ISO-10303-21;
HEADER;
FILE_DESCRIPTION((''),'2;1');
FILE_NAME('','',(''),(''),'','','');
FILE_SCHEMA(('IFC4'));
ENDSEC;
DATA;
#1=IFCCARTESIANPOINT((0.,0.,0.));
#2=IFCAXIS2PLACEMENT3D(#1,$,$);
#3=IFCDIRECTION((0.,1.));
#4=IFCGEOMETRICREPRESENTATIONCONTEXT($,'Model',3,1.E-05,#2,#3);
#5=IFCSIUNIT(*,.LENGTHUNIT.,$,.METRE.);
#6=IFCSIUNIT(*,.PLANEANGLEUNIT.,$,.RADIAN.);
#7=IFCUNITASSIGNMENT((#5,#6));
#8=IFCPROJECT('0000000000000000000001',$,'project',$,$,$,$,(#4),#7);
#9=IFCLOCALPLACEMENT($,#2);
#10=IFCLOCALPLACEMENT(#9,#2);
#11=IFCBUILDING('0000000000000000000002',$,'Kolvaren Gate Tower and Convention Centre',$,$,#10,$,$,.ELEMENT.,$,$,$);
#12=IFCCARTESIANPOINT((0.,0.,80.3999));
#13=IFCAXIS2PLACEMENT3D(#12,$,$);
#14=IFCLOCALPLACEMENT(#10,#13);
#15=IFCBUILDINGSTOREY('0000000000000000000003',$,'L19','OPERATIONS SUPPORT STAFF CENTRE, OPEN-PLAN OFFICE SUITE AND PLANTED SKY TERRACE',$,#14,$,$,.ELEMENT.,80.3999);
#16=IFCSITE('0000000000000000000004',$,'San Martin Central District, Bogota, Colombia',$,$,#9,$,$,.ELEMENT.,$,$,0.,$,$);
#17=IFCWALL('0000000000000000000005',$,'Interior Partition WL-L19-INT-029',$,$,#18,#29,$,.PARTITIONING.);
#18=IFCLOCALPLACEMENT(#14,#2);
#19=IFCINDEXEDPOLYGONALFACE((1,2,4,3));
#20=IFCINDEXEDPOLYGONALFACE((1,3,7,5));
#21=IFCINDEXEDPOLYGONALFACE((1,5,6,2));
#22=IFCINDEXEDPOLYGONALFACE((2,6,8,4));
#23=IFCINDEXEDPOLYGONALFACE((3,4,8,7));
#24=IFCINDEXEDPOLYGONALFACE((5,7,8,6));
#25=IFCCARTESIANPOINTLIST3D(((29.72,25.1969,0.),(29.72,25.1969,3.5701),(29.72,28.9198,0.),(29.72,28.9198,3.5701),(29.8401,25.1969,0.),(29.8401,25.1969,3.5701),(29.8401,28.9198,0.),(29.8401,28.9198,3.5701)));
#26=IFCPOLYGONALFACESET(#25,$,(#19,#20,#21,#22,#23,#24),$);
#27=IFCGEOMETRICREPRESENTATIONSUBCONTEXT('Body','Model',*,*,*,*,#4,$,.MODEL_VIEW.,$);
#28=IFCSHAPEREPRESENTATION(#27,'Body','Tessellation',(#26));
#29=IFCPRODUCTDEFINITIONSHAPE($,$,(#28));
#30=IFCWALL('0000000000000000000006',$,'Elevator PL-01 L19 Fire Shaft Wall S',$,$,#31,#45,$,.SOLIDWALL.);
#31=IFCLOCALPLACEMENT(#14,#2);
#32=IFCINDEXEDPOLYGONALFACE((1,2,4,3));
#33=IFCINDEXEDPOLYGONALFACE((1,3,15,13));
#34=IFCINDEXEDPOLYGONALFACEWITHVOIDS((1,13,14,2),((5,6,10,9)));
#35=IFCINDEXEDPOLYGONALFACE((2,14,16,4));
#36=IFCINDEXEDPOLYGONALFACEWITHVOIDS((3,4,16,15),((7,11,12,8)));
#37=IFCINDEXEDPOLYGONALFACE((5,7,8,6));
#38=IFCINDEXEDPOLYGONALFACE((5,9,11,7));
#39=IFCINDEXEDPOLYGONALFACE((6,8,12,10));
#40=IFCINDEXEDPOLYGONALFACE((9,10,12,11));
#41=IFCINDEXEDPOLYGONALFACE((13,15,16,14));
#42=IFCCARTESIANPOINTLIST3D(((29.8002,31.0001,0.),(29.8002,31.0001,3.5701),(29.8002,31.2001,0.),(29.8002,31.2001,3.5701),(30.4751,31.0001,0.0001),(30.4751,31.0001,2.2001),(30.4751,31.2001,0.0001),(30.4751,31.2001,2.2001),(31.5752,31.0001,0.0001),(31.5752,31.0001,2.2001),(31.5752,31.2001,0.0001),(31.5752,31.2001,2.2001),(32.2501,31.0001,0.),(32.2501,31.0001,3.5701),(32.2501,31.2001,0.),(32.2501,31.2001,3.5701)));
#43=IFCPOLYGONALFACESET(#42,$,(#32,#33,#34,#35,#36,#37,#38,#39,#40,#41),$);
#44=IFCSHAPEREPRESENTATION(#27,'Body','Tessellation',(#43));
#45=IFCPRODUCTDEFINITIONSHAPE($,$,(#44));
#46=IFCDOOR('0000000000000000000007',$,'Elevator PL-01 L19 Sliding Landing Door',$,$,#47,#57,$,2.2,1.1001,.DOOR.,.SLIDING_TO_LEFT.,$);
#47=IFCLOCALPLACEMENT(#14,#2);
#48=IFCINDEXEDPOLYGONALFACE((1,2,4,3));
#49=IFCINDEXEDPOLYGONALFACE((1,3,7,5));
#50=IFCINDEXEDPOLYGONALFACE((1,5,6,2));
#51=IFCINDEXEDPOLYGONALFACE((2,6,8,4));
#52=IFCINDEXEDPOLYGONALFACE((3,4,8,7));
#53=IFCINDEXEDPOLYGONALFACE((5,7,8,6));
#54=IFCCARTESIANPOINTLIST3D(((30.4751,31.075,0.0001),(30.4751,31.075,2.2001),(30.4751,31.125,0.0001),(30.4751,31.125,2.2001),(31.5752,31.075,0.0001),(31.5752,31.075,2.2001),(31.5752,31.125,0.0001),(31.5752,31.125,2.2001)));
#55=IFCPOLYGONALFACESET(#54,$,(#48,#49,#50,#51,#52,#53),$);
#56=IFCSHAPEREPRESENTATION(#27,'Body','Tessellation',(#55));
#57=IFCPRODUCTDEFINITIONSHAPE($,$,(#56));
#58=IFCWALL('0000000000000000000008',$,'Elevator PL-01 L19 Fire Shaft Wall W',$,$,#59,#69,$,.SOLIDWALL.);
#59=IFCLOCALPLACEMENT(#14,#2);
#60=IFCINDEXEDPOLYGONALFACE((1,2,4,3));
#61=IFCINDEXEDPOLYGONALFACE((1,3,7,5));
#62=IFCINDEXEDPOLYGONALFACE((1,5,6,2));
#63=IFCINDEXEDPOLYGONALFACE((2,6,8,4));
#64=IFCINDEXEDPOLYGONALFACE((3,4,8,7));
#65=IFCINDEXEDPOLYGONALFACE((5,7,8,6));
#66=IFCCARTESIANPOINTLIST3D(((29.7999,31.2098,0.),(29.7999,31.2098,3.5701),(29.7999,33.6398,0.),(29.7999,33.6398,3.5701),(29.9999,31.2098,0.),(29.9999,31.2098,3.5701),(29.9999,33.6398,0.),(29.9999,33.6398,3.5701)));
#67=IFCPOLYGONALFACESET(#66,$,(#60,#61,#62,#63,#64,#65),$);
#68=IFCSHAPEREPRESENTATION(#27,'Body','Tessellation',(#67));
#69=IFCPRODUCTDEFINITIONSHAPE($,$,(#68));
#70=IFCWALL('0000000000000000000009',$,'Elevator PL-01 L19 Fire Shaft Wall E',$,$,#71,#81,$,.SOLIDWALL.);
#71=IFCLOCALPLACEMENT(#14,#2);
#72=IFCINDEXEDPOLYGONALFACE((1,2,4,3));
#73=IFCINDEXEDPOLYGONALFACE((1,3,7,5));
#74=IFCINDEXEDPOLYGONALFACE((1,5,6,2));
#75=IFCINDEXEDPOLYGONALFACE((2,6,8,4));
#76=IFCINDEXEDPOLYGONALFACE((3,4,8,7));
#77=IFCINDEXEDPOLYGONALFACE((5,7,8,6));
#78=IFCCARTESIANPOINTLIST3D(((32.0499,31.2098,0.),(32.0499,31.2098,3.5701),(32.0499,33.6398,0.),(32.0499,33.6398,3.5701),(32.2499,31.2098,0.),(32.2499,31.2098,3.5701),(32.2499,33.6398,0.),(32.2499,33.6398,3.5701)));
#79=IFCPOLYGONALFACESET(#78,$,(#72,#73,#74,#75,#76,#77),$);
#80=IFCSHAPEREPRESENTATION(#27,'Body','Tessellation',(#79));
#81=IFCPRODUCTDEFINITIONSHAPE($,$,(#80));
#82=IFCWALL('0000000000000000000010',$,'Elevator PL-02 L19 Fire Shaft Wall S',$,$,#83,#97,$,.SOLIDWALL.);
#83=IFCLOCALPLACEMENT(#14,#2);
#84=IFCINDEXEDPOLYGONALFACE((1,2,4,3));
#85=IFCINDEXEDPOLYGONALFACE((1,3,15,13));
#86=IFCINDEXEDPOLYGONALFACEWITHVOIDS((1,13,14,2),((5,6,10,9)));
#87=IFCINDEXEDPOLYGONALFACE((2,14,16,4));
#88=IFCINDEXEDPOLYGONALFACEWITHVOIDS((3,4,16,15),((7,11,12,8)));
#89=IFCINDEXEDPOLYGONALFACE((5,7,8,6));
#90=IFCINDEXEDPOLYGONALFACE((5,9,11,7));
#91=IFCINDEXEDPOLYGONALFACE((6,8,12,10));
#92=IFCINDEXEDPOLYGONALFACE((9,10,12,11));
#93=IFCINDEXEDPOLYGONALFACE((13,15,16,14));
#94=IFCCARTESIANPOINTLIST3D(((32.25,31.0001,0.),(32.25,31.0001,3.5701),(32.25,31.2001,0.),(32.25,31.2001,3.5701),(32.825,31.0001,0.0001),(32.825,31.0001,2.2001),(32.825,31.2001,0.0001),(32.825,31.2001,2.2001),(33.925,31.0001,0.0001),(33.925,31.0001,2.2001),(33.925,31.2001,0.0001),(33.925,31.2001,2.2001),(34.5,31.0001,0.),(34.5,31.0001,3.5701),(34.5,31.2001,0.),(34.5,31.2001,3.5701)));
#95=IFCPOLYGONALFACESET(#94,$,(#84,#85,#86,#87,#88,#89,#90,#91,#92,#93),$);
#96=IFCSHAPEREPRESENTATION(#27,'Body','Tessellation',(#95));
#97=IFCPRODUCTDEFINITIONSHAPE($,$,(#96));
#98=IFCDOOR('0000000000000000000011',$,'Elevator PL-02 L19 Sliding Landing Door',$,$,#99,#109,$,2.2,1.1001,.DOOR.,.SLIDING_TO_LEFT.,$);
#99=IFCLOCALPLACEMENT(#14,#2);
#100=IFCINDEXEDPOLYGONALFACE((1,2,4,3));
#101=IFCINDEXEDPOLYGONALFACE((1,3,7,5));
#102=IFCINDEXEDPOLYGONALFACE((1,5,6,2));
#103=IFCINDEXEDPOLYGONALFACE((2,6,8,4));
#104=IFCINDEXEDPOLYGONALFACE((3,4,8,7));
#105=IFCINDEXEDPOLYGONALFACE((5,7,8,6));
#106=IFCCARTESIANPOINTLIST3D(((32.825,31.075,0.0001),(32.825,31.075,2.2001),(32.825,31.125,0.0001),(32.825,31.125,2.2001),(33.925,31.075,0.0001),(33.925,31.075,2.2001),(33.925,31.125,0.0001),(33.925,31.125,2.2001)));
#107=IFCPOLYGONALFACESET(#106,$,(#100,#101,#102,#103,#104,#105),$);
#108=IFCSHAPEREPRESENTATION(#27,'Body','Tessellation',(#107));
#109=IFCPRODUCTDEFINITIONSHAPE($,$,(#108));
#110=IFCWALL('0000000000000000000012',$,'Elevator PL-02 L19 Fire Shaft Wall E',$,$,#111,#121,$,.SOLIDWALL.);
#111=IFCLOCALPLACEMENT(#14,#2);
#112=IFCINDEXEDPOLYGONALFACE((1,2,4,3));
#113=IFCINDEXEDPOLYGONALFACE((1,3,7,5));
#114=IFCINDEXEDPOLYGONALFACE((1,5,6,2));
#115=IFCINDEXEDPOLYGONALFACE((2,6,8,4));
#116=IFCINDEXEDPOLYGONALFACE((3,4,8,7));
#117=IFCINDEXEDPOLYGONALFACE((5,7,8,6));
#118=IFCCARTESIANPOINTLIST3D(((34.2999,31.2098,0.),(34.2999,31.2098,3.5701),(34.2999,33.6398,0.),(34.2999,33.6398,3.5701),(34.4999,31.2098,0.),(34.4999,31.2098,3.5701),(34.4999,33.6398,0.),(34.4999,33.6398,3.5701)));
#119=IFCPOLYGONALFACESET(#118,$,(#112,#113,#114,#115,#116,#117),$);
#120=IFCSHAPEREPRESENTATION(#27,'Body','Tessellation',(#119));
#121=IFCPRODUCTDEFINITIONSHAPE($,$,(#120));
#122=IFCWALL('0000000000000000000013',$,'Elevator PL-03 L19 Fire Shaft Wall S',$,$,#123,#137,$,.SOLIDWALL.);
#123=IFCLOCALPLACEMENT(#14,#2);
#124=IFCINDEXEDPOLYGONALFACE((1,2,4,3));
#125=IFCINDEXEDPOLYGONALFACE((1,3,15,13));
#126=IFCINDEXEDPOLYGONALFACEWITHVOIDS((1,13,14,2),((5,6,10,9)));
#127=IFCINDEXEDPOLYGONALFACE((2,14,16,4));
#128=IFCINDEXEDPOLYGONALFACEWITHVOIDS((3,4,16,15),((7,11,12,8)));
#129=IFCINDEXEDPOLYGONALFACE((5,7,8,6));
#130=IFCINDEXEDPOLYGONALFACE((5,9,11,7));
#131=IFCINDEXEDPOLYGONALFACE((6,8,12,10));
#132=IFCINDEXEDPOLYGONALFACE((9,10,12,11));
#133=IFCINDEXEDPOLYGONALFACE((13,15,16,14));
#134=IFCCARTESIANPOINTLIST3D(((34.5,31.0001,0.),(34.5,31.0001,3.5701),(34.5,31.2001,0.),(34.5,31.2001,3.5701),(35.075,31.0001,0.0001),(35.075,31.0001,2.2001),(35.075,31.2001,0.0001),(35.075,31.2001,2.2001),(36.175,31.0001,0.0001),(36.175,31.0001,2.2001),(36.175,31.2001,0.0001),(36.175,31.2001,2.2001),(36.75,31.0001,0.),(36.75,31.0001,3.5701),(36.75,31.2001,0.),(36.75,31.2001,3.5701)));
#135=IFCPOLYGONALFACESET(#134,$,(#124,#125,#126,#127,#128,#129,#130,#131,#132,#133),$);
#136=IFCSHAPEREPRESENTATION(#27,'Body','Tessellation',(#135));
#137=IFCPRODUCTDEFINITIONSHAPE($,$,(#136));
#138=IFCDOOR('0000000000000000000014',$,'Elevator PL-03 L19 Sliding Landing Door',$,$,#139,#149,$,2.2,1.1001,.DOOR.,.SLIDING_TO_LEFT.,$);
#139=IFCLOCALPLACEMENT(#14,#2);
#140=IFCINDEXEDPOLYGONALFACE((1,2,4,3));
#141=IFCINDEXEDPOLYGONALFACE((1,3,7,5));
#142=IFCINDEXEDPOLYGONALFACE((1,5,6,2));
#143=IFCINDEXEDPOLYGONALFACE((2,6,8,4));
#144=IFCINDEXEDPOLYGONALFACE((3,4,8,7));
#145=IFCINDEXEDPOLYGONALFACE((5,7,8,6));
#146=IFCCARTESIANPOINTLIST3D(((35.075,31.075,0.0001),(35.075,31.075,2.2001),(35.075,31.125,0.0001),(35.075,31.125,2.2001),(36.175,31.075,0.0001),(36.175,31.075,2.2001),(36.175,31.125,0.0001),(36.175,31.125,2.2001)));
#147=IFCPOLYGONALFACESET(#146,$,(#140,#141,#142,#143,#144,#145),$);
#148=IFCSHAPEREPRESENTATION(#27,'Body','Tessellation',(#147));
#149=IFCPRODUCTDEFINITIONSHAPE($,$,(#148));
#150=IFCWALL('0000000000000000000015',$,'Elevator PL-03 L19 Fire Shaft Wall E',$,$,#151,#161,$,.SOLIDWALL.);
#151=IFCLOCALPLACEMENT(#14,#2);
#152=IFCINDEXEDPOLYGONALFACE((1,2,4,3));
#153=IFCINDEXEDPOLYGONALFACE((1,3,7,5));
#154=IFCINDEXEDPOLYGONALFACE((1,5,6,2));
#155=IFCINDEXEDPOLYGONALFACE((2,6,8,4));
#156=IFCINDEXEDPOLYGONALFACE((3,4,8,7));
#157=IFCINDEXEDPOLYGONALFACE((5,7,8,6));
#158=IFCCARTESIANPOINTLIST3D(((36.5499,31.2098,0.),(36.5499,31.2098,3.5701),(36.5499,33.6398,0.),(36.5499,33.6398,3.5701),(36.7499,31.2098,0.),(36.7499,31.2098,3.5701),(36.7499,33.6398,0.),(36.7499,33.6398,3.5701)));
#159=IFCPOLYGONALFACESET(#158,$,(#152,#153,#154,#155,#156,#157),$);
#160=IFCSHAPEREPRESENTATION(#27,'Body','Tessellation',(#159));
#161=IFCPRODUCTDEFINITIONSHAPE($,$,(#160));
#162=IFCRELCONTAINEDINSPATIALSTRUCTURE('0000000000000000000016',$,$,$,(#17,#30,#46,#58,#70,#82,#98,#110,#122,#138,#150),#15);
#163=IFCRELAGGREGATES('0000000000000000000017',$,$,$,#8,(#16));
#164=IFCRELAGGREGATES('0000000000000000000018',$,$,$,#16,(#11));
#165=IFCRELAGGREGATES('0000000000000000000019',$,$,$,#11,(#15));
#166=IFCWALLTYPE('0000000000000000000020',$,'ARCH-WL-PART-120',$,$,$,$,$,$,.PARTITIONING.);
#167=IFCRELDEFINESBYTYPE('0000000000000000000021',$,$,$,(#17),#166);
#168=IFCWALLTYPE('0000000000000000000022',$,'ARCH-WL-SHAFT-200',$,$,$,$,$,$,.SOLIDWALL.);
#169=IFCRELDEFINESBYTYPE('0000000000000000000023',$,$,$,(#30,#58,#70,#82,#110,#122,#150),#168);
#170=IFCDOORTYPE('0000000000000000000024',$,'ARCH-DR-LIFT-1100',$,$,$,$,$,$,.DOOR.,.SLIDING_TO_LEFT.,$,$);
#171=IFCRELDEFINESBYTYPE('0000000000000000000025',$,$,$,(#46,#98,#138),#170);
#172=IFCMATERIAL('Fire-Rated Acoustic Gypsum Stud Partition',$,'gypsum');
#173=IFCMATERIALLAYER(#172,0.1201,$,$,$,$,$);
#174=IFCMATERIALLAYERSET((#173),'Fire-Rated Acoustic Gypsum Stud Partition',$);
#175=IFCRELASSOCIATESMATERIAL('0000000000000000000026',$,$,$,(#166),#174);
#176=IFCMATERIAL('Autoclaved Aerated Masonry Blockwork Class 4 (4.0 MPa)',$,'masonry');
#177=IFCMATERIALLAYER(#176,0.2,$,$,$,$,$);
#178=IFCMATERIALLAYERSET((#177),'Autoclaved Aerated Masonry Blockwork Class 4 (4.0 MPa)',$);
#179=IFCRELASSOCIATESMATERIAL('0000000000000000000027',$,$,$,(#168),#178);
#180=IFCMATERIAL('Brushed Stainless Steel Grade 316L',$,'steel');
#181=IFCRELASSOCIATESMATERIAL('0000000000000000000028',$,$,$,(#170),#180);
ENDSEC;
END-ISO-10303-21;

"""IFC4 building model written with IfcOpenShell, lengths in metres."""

from ifc_helpers import new_model, si_unit, direction, frame, frame_2d, origin, place, context, subcontext, project, spatial, rectangle, extrude, material, layer, layer_set, type_object, element, fill, save


model = new_model("IFC4")

# Units and contexts
model_context = context("Model", 3, precision=1e-05, world=origin(), true_north=direction((0.0, 1.0)))
body_context = subcontext(model_context, "Body", "Model", "MODEL_VIEW")
ifc_project = project(units=[si_unit("LENGTHUNIT", "METRE"), si_unit("PLANEANGLEUNIT", "RADIAN")], contexts=[model_context])

# Site, building, storey
site_placement = place(None, origin())
site = spatial("IfcSite", under=ifc_project, at=site_placement, Name="San Martin Central District, Bogota, Colombia", CompositionType="ELEMENT", RefElevation=0.0)
building_placement = place(site_placement, origin())
building = spatial("IfcBuilding", under=site, at=building_placement, Name="Kolvaren Gate Tower and Convention Centre", CompositionType="ELEMENT")
storey_placement = place(building_placement, frame((0.0, 0.0, 80.3999)))
storey = spatial("IfcBuildingStorey", under=building, at=storey_placement, Name="L19", Description="OPERATIONS SUPPORT STAFF CENTRE, OPEN-PLAN OFFICE SUITE AND PLANTED SKY TERRACE", CompositionType="ELEMENT", Elevation=80.3999)

# Wall
ifc_material_1 = material(Name="Fire-Rated Acoustic Gypsum Stud Partition", Category="gypsum")
ifc_layer_1 = layer(ifc_material_1, 0.1201)
ifc_layer_set_1 = layer_set([ifc_layer_1], Name="Fire-Rated Acoustic Gypsum Stud Partition")
wall_type_1 = type_object("IfcWallType", Name="ARCH-WL-PART-120", PredefinedType="PARTITIONING", material=ifc_layer_set_1)
wall_1_placement = place(storey_placement, frame((29.78, 25.197, 0.0), z_axis=(0.0, 0.0, 1.0), x_axis=(0.0, 1.0, 0.0)))
element("IfcWall", 1, at=wall_1_placement, inside=storey, type_object=wall_type_1, Name="Interior Partition WL-L19-INT-029", PredefinedType="PARTITIONING", context=body_context, shape_type="SweptSolid", body=[
    extrude(rectangle(XDim=3.7229, YDim=0.1201, at=frame_2d((1.8613, 0.0))), origin(), (0.0, 0.0, 1.0), 3.5701),
])

# Wall, opening, door
ifc_material_2 = material(Name="Autoclaved Aerated Masonry Blockwork Class 4 (4.0 MPa)", Category="masonry")
ifc_layer_2 = layer(ifc_material_2, 0.2)
ifc_layer_set_2 = layer_set([ifc_layer_2], Name="Autoclaved Aerated Masonry Blockwork Class 4 (4.0 MPa)")
wall_type_2 = type_object("IfcWallType", Name="ARCH-WL-SHAFT-200", PredefinedType="SOLIDWALL", material=ifc_layer_set_2)
wall_2_placement = place(storey_placement, frame((29.8, 31.1001, 0.0), z_axis=(0.0, 0.0, 1.0), x_axis=(1.0, 0.0, 0.0)))
wall_2 = element("IfcWall", 2, at=wall_2_placement, inside=storey, type_object=wall_type_2, Name="Elevator PL-01 L19 Fire Shaft Wall S", PredefinedType="SOLIDWALL", context=body_context, shape_type="SweptSolid", body=[
    extrude(rectangle(XDim=2.45, YDim=0.2, at=frame_2d((1.2251, 0.0))), origin(), (0.0, 0.0, 1.0), 3.5701),
])
opening_1_placement = place(wall_2_placement, frame((0.675, 0.0, 0.0)))
opening_1 = element("IfcOpeningElement", 3, at=opening_1_placement, cuts=wall_2, PredefinedType="OPENING", context=body_context, shape_type="SweptSolid", body=[
    extrude(rectangle(XDim=1.1001, YDim=2.2, at=frame_2d((0.55, 1.1001))), frame((0.0, 0.1099, 0.0), z_axis=(0.0, -1.0, 0.0), x_axis=(1.0, 0.0, 0.0)), (0.0, 0.0, 1.0), 0.22),
])
ifc_material_3 = material(Name="Brushed Stainless Steel Grade 316L", Category="steel")
door_type_1 = type_object("IfcDoorType", Name="ARCH-DR-LIFT-1100", OperationType="SLIDING_TO_LEFT", PredefinedType="DOOR", material=ifc_material_3)
door_1_placement = place(opening_1_placement, origin())
door_1 = element("IfcDoor", 4, at=door_1_placement, inside=storey, type_object=door_type_1, Name="Elevator PL-01 L19 Sliding Landing Door", OperationType="SLIDING_TO_LEFT", OverallHeight=2.2, OverallWidth=1.1001, PredefinedType="DOOR", context=body_context, shape_type="SweptSolid", body=[
    extrude(rectangle(XDim=1.1001, YDim=2.2, at=frame_2d((0.55, 1.1001))), frame((0.0, 0.0249, 0.0), z_axis=(0.0, -1.0, 0.0), x_axis=(1.0, 0.0, 0.0)), (0.0, 0.0, 1.0), 0.05),
])
fill(opening_1, door_1)

# Walls
for number, where, z_axis, x_axis, name in (
    (5, (29.8999, 31.21, 0.0), (0.0, 0.0, 1.0), (0.0, 1.0, 0.0), "Elevator PL-01 L19 Fire Shaft Wall W"),
    (6, (32.1499, 31.21, 0.0), (0.0, 0.0, 1.0), (0.0, 1.0, 0.0), "Elevator PL-01 L19 Fire Shaft Wall E"),
):
    element("IfcWall", number, at=place(storey_placement, frame(where, z_axis=z_axis, x_axis=x_axis)), inside=storey, type_object=wall_type_2, Name=name, PredefinedType="SOLIDWALL", context=body_context, shape_type="SweptSolid", body=[
        extrude(rectangle(XDim=2.4299, YDim=0.2, at=frame_2d((1.2148, 0.0))), origin(), (0.0, 0.0, 1.0), 3.5701),
    ])

# Wall, opening, door
wall_3_placement = place(storey_placement, frame((32.25, 31.1001, 0.0), z_axis=(0.0, 0.0, 1.0), x_axis=(1.0, 0.0, 0.0)))
wall_3 = element("IfcWall", 7, at=wall_3_placement, inside=storey, type_object=wall_type_2, Name="Elevator PL-02 L19 Fire Shaft Wall S", PredefinedType="SOLIDWALL", context=body_context, shape_type="SweptSolid", body=[
    extrude(rectangle(XDim=2.25, YDim=0.2, at=frame_2d((1.125, 0.0))), origin(), (0.0, 0.0, 1.0), 3.5701),
])
opening_2_placement = place(wall_3_placement, frame((0.575, 0.0, 0.0)))
opening_2 = element("IfcOpeningElement", 8, at=opening_2_placement, cuts=wall_3, PredefinedType="OPENING", context=body_context, shape_type="SweptSolid", body=[
    extrude(rectangle(XDim=1.1001, YDim=2.2, at=frame_2d((0.55, 1.1001))), frame((0.0, 0.1099, 0.0), z_axis=(0.0, -1.0, 0.0), x_axis=(1.0, 0.0, 0.0)), (0.0, 0.0, 1.0), 0.22),
])
door_2_placement = place(opening_2_placement, origin())
door_2 = element("IfcDoor", 9, at=door_2_placement, inside=storey, type_object=door_type_1, Name="Elevator PL-02 L19 Sliding Landing Door", OperationType="SLIDING_TO_LEFT", OverallHeight=2.2, OverallWidth=1.1001, PredefinedType="DOOR", context=body_context, shape_type="SweptSolid", body=[
    extrude(rectangle(XDim=1.1001, YDim=2.2, at=frame_2d((0.55, 1.1001))), frame((0.0, 0.0249, 0.0), z_axis=(0.0, -1.0, 0.0), x_axis=(1.0, 0.0, 0.0)), (0.0, 0.0, 1.0), 0.05),
])
fill(opening_2, door_2)

# Wall
wall_4_placement = place(storey_placement, frame((34.3999, 31.21, 0.0), z_axis=(0.0, 0.0, 1.0), x_axis=(0.0, 1.0, 0.0)))
element("IfcWall", 10, at=wall_4_placement, inside=storey, type_object=wall_type_2, Name="Elevator PL-02 L19 Fire Shaft Wall E", PredefinedType="SOLIDWALL", context=body_context, shape_type="SweptSolid", body=[
    extrude(rectangle(XDim=2.4299, YDim=0.2, at=frame_2d((1.2148, 0.0))), origin(), (0.0, 0.0, 1.0), 3.5701),
])

# Wall, opening, door
wall_5_placement = place(storey_placement, frame((34.5, 31.1001, 0.0), z_axis=(0.0, 0.0, 1.0), x_axis=(1.0, 0.0, 0.0)))
wall_5 = element("IfcWall", 11, at=wall_5_placement, inside=storey, type_object=wall_type_2, Name="Elevator PL-03 L19 Fire Shaft Wall S", PredefinedType="SOLIDWALL", context=body_context, shape_type="SweptSolid", body=[
    extrude(rectangle(XDim=2.25, YDim=0.2, at=frame_2d((1.125, 0.0))), origin(), (0.0, 0.0, 1.0), 3.5701),
])
opening_3_placement = place(wall_5_placement, frame((0.575, 0.0, 0.0)))
opening_3 = element("IfcOpeningElement", 12, at=opening_3_placement, cuts=wall_5, PredefinedType="OPENING", context=body_context, shape_type="SweptSolid", body=[
    extrude(rectangle(XDim=1.1001, YDim=2.2, at=frame_2d((0.55, 1.1001))), frame((0.0, 0.1099, 0.0), z_axis=(0.0, -1.0, 0.0), x_axis=(1.0, 0.0, 0.0)), (0.0, 0.0, 1.0), 0.22),
])
door_3_placement = place(opening_3_placement, origin())
door_3 = element("IfcDoor", 13, at=door_3_placement, inside=storey, type_object=door_type_1, Name="Elevator PL-03 L19 Sliding Landing Door", OperationType="SLIDING_TO_LEFT", OverallHeight=2.2, OverallWidth=1.1001, PredefinedType="DOOR", context=body_context, shape_type="SweptSolid", body=[
    extrude(rectangle(XDim=1.1001, YDim=2.2, at=frame_2d((0.55, 1.1001))), frame((0.0, 0.0249, 0.0), z_axis=(0.0, -1.0, 0.0), x_axis=(1.0, 0.0, 0.0)), (0.0, 0.0, 1.0), 0.05),
])
fill(opening_3, door_3)

# Wall
wall_6_placement = place(storey_placement, frame((36.6499, 31.21, 0.0), z_axis=(0.0, 0.0, 1.0), x_axis=(0.0, 1.0, 0.0)))
element("IfcWall", 14, at=wall_6_placement, inside=storey, type_object=wall_type_2, Name="Elevator PL-03 L19 Fire Shaft Wall E", PredefinedType="SOLIDWALL", context=body_context, shape_type="SweptSolid", body=[
    extrude(rectangle(XDim=2.4299, YDim=0.2, at=frame_2d((1.2148, 0.0))), origin(), (0.0, 0.0, 1.0), 3.5701),
])

save(model, "model.ifc")
